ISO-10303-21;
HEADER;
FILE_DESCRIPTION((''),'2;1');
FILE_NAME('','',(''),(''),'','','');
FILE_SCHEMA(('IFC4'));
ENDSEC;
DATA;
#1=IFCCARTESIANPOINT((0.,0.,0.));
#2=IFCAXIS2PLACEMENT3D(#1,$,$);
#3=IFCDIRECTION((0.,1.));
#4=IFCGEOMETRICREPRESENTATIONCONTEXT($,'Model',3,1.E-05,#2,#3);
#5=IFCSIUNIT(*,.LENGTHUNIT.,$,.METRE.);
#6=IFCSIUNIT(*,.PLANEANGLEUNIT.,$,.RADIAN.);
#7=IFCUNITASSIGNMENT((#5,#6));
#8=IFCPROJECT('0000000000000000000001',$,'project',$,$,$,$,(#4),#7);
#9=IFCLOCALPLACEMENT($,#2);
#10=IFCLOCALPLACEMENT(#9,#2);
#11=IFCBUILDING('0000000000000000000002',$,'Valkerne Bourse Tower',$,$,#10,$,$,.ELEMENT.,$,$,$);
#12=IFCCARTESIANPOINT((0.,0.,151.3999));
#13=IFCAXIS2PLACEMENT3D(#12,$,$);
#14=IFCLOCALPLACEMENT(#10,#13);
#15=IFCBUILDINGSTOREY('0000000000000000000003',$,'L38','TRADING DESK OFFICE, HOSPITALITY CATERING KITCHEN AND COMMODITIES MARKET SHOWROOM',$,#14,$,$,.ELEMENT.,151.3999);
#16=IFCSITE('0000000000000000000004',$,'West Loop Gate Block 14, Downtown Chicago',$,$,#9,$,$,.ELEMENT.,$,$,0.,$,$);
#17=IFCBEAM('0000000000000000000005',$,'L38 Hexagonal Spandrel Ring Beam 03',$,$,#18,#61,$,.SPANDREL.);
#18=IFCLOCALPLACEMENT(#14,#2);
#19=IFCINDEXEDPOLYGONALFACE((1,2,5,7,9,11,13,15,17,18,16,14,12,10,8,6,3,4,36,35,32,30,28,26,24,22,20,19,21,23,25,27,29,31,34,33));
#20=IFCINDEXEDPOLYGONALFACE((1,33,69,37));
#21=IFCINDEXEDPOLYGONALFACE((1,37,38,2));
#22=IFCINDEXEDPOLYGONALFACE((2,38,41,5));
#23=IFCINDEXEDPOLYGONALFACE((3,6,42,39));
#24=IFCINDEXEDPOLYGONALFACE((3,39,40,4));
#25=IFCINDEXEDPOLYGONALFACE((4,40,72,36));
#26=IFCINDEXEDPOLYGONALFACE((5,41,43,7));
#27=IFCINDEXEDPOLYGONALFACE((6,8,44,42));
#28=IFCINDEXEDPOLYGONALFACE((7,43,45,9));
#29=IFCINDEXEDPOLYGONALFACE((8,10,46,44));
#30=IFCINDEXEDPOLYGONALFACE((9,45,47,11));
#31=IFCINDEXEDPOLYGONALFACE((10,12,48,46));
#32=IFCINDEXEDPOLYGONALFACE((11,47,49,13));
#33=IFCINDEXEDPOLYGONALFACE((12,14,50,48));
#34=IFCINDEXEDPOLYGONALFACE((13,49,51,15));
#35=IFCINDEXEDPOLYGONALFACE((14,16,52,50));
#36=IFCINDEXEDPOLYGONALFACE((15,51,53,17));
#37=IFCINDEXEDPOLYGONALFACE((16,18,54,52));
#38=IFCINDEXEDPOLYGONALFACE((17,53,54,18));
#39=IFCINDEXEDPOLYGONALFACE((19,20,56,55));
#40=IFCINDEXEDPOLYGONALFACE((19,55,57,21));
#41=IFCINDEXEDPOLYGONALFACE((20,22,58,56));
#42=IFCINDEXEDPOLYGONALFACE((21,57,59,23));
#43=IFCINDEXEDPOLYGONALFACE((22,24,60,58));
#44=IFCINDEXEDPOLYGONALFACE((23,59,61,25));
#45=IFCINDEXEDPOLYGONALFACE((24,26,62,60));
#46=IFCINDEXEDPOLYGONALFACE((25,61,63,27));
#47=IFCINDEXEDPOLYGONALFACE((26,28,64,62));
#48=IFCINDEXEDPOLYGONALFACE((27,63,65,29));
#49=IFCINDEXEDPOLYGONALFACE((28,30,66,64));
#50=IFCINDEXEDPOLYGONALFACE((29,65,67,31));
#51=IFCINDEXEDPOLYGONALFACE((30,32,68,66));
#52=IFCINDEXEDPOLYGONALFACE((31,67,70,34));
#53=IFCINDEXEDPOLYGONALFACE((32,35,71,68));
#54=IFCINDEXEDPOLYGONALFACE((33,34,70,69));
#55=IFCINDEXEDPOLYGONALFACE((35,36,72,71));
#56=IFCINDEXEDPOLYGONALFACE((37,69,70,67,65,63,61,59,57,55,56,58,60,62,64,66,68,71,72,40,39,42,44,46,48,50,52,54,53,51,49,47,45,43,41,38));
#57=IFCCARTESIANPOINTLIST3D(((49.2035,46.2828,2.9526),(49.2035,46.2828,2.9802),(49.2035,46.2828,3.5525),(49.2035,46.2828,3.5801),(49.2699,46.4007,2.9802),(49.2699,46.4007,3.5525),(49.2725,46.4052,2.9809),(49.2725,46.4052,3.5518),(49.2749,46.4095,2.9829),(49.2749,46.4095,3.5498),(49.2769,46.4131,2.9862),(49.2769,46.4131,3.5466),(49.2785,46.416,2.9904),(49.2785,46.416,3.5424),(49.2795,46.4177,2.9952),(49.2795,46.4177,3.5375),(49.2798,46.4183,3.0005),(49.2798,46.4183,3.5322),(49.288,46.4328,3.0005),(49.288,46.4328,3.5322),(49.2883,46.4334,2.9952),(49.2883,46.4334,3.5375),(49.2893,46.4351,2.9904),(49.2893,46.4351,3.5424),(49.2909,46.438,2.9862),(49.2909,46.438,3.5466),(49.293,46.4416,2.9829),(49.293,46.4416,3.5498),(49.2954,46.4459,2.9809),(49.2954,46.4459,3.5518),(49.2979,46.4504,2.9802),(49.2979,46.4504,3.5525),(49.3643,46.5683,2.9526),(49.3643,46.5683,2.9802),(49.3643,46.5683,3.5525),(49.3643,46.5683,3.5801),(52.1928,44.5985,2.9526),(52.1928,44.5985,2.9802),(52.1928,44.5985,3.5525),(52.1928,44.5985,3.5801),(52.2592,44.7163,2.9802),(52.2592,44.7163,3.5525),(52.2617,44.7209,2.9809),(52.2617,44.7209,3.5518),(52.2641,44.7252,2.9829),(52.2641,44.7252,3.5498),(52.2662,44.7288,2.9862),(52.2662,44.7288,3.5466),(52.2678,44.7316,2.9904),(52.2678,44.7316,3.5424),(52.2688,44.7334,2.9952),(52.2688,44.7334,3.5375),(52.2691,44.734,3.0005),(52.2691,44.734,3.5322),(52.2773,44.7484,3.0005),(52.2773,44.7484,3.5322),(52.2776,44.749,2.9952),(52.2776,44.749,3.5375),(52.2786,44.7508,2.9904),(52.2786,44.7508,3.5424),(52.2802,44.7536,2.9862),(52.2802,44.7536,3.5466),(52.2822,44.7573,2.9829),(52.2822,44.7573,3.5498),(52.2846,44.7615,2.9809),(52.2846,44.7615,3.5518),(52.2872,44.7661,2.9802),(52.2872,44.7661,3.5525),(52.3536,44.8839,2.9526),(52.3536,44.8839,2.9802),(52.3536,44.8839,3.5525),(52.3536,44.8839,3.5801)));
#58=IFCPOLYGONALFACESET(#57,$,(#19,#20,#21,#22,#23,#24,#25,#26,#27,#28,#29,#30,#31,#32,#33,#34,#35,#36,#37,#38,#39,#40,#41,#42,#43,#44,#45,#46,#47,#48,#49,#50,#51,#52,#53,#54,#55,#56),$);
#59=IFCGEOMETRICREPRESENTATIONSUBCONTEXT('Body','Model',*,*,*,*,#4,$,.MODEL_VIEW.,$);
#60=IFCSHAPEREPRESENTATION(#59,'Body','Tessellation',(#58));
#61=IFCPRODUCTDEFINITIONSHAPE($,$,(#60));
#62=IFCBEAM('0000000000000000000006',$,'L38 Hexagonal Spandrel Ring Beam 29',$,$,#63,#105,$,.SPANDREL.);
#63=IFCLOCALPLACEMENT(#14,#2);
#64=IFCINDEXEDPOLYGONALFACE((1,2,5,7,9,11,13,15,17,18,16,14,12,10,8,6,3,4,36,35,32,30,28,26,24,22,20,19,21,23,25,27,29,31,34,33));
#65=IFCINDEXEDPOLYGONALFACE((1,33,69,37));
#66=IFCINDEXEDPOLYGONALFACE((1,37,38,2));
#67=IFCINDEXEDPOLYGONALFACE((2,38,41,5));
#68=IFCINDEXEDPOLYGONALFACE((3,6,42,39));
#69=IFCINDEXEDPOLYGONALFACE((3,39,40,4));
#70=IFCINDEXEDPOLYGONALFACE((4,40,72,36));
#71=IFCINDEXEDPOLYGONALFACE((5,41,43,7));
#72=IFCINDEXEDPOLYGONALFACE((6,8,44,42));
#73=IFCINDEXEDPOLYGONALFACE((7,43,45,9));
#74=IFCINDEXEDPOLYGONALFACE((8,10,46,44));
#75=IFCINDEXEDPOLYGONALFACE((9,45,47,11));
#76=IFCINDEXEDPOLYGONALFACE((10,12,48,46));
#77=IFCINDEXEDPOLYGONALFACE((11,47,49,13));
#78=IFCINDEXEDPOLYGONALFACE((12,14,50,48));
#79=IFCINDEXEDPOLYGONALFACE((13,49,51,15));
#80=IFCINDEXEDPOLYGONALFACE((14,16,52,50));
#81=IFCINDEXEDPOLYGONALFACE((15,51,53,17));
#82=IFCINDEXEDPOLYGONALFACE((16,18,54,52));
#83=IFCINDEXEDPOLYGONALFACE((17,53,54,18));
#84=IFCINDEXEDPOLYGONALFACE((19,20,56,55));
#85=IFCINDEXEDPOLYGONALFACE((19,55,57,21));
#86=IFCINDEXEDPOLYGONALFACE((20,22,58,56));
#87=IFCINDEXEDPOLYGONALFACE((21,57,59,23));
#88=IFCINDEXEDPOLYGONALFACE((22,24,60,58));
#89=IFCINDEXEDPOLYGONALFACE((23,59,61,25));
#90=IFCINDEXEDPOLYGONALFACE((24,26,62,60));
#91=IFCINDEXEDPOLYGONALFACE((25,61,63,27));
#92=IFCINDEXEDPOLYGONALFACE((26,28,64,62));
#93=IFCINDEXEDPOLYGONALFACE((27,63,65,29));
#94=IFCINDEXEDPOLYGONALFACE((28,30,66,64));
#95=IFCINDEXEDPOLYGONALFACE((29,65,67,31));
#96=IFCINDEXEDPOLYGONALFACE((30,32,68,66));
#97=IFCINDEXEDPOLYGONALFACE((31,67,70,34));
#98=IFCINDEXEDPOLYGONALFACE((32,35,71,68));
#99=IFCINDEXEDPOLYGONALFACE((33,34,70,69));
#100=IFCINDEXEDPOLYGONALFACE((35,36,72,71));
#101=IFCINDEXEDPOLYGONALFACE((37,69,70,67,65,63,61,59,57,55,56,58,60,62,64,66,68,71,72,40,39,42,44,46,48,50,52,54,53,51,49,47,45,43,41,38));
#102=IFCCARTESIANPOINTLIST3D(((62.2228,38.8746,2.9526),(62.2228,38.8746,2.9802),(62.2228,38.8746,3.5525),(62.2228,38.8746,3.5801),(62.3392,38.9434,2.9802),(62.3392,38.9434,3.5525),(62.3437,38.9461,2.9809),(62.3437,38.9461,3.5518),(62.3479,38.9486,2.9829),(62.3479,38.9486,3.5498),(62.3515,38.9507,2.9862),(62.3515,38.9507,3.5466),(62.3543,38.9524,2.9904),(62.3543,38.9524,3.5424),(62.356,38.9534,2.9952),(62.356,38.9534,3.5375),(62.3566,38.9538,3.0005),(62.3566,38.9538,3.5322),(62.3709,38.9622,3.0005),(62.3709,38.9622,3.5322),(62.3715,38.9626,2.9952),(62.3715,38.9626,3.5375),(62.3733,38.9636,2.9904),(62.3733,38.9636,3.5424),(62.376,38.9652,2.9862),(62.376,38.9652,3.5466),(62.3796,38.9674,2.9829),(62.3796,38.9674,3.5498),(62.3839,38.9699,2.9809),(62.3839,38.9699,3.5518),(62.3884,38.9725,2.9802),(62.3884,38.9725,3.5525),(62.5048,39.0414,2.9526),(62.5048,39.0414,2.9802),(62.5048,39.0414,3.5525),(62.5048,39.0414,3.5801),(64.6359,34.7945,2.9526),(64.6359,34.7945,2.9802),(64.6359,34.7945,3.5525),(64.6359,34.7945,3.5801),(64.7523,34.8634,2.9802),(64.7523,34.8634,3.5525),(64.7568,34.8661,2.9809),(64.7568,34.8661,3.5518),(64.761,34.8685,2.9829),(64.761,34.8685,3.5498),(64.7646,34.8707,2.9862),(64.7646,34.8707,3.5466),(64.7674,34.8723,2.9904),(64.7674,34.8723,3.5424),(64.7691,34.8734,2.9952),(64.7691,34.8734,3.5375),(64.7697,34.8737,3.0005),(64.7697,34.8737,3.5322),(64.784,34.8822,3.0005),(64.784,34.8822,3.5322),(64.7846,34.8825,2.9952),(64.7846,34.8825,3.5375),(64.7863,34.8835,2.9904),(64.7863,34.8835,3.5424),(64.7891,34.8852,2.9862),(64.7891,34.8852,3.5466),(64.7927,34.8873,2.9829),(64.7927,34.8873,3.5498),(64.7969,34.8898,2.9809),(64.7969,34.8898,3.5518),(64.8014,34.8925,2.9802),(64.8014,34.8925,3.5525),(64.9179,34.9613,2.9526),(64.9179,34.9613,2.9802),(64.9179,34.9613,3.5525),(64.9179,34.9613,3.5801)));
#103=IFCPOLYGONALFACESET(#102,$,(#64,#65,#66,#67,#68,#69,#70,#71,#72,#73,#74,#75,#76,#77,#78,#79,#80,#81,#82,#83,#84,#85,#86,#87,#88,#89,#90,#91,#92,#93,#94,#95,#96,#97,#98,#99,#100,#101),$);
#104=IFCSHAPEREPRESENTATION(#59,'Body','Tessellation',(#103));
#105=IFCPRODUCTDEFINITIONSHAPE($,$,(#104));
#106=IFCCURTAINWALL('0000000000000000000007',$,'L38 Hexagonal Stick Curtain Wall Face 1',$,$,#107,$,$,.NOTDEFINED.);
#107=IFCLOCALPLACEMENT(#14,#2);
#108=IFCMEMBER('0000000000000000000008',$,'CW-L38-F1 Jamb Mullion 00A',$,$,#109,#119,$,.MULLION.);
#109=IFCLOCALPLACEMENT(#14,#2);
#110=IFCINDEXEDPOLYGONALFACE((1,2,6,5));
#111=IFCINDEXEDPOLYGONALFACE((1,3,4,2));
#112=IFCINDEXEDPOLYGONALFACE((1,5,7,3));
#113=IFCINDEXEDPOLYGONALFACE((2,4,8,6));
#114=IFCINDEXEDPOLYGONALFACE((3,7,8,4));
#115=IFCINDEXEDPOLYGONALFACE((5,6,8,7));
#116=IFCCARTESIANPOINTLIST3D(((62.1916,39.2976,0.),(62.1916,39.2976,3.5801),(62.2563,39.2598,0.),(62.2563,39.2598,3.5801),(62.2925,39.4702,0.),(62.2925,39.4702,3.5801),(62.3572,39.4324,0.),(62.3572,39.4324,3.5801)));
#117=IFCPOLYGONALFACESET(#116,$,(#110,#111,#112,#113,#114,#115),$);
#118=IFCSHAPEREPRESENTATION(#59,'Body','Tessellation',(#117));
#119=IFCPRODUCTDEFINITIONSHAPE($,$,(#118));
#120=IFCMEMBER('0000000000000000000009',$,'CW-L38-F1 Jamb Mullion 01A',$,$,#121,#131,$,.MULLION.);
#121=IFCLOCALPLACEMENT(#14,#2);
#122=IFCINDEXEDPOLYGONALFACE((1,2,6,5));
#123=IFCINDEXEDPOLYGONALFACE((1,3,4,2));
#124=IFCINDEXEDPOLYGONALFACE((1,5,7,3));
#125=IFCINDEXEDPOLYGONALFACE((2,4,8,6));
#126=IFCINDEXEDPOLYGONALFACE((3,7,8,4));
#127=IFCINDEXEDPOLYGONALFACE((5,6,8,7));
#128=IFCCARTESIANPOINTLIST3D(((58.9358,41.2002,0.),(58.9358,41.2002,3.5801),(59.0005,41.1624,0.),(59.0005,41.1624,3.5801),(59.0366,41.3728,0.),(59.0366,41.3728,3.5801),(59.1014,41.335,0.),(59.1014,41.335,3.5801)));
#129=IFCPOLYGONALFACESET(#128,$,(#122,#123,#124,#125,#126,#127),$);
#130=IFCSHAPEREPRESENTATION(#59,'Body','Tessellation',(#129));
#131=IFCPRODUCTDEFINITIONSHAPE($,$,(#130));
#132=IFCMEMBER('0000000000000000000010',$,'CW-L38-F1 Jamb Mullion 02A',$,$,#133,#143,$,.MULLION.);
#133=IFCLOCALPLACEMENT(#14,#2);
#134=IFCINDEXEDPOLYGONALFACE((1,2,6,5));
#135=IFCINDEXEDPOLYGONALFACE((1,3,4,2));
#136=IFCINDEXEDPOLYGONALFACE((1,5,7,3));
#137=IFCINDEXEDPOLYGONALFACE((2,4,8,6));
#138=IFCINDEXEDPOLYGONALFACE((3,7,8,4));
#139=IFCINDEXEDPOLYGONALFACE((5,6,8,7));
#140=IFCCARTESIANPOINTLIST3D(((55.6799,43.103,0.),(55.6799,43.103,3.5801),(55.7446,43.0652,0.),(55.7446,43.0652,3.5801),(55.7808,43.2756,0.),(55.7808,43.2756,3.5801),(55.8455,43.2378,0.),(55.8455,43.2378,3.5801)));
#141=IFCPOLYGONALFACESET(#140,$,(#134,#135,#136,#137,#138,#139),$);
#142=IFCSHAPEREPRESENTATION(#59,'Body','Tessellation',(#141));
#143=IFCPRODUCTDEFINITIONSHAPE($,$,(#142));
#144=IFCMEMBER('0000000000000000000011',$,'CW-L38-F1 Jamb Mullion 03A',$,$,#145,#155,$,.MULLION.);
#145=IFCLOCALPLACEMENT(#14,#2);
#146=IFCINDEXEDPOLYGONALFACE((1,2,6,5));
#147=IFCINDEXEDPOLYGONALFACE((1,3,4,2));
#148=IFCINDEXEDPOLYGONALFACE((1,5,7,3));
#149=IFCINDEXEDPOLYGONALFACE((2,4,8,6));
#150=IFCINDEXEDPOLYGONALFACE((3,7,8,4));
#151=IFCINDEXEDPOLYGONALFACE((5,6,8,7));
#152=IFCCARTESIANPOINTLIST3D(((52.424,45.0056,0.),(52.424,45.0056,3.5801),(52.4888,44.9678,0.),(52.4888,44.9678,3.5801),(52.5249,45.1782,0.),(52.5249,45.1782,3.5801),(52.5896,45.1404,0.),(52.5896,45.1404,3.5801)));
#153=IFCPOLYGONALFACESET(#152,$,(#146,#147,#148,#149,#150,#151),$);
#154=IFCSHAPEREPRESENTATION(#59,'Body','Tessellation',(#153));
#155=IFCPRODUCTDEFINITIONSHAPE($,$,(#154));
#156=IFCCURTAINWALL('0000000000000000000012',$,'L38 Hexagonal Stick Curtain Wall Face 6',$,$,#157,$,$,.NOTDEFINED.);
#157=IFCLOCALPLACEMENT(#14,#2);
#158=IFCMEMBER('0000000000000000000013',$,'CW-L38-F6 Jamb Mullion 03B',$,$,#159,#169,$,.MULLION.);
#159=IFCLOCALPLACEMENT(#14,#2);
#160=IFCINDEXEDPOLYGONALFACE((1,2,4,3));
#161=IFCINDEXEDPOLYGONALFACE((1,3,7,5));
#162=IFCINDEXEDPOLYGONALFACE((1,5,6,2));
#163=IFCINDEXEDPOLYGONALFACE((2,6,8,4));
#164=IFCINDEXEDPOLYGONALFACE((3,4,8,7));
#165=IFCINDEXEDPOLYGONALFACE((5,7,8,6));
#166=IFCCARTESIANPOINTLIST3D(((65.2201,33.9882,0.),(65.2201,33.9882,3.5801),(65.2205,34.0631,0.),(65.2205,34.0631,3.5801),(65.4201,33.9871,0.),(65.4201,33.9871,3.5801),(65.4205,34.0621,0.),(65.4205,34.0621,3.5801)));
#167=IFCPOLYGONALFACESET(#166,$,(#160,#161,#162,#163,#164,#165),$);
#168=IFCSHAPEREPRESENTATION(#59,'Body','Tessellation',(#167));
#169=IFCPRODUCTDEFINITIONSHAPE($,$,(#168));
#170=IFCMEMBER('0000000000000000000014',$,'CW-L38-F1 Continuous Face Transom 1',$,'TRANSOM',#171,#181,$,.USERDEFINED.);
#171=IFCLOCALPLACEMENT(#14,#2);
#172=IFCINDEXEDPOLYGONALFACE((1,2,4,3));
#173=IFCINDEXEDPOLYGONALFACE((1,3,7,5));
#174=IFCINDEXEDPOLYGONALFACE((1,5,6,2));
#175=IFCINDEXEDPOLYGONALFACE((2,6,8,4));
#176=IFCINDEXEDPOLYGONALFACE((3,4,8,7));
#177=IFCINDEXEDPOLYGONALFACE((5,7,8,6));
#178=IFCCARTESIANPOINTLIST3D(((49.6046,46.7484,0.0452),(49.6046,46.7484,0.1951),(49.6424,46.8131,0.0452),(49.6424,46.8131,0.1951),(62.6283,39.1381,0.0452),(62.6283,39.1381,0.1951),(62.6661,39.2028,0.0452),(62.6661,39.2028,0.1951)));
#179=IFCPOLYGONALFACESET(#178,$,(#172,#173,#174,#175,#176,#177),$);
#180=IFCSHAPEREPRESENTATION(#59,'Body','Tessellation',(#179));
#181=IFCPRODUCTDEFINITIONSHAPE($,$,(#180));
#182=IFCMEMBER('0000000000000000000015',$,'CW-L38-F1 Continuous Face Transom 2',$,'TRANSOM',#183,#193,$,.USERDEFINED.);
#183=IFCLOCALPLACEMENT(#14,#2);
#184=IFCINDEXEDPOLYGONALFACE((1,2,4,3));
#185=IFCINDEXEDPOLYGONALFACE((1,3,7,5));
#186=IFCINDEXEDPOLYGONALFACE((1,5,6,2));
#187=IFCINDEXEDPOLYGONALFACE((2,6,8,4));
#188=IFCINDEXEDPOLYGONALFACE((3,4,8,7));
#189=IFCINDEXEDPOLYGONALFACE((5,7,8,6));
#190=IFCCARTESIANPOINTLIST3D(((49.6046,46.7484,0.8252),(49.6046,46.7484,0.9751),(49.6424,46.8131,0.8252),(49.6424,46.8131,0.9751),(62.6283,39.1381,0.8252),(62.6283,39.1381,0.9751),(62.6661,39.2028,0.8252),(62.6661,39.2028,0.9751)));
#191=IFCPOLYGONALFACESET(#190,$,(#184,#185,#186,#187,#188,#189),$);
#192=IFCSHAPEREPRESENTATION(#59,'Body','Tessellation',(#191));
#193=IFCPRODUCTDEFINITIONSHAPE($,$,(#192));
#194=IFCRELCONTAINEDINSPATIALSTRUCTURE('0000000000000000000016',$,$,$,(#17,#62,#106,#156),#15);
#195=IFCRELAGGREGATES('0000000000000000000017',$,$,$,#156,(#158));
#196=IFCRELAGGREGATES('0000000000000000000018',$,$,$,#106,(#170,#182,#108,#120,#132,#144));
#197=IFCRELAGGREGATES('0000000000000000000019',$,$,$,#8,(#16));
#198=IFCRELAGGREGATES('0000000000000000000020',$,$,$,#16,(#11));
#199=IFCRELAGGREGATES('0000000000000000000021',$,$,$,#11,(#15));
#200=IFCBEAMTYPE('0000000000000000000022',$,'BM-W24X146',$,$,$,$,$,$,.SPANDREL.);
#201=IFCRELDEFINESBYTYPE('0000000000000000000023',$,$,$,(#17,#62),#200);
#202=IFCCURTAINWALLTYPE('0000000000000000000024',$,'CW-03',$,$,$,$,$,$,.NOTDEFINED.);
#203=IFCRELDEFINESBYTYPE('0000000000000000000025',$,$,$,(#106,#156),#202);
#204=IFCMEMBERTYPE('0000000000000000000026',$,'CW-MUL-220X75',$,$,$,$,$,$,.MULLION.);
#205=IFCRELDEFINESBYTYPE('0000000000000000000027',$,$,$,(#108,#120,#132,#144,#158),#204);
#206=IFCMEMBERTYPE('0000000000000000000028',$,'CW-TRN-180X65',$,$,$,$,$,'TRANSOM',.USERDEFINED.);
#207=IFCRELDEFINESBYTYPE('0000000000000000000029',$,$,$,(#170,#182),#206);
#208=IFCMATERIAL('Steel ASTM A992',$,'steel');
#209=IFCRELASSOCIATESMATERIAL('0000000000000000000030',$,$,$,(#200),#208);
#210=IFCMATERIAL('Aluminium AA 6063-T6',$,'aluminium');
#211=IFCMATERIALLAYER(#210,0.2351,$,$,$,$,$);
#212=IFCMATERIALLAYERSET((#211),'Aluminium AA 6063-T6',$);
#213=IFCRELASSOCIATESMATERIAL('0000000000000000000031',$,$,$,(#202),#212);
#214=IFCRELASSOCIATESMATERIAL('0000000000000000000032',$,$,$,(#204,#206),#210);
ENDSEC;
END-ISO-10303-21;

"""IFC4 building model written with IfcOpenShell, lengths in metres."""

from ifc_helpers import new_model, si_unit, direction, frame, origin, origin_2d, place, context, subcontext, project, spatial, rectangle, i_section, extrude, material, layer, layer_set, material_profile, profile_set, type_object, element, aggregate, save


model = new_model("IFC4")

# Units and contexts
model_context = context("Model", 3, precision=1e-05, world=origin(), true_north=direction((0.0, 1.0)))
body_context = subcontext(model_context, "Body", "Model", "MODEL_VIEW")
ifc_project = project(units=[si_unit("LENGTHUNIT", "METRE"), si_unit("PLANEANGLEUNIT", "RADIAN")], contexts=[model_context])

# Site, building, storey
site_placement = place(None, origin())
site = spatial("IfcSite", under=ifc_project, at=site_placement, Name="West Loop Gate Block 14, Downtown Chicago", CompositionType="ELEMENT", RefElevation=0.0)
building_placement = place(site_placement, origin())
building = spatial("IfcBuilding", under=site, at=building_placement, Name="Valkerne Bourse Tower", CompositionType="ELEMENT")
storey_placement = place(building_placement, frame((0.0, 0.0, 151.3999)))
storey = spatial("IfcBuildingStorey", under=building, at=storey_placement, Name="L38", Description="TRADING DESK OFFICE, HOSPITALITY CATERING KITCHEN AND COMMODITIES MARKET SHOWROOM", CompositionType="ELEMENT", Elevation=151.3999)

# Beams
ifc_material_1 = material(Name="Steel ASTM A992", Category="steel")
ifc_material_profile_1 = material_profile(ifc_material_1, i_section(OverallWidth=0.3276, OverallDepth=0.6274, WebThickness=0.0166, FlangeThickness=0.0276, FilletRadius=0.0203, at=origin_2d()), Name="W24X146")
ifc_profile_set_1 = profile_set([ifc_material_profile_1], Name="Steel ASTM A992")
beam_type = type_object("IfcBeamType", Name="BM-W24X146", PredefinedType="SPANDREL", material=ifc_profile_set_1)
beam_1_placement = place(storey_placement, frame((52.2732, 44.7412, 3.2664), z_axis=(-0.871218, 0.490896, 0.0), x_axis=(-0.490896, -0.871218, 0.0)))
element("IfcBeam", 1, at=beam_1_placement, inside=storey, type_object=beam_type, Name="L38 Hexagonal Spandrel Ring Beam 03", PredefinedType="SPANDREL", context=body_context, shape_type="SweptSolid", body=[
    extrude(i_section(OverallWidth=0.3276, OverallDepth=0.6274, WebThickness=0.0166, FlangeThickness=0.0276, FilletRadius=0.0203, at=origin_2d()), origin(), (0.0, 0.0, 1.0), 3.4312),
])
beam_2_placement = place(storey_placement, frame((64.7769, 34.8779, 3.2664), z_axis=(-0.509062, 0.86073, 0.0), x_axis=(-0.86073, -0.509062, 0.0)))
element("IfcBeam", 2, at=beam_2_placement, inside=storey, type_object=beam_type, Name="L38 Hexagonal Spandrel Ring Beam 29", PredefinedType="SPANDREL", context=body_context, shape_type="SweptSolid", body=[
    extrude(i_section(OverallWidth=0.3276, OverallDepth=0.6274, WebThickness=0.0166, FlangeThickness=0.0276, FilletRadius=0.0203, at=origin_2d()), origin(), (0.0, 0.0, 1.0), 4.7402),
])

# Curtain wall, members
ifc_material_2 = material(Name="Aluminium AA 6063-T6", Category="aluminium")
ifc_layer_1 = layer(ifc_material_2, 0.2351)
ifc_layer_set_1 = layer_set([ifc_layer_1], Name="Aluminium AA 6063-T6")
curtain_wall_type = type_object("IfcCurtainWallType", Name="CW-03", PredefinedType="NOTDEFINED", material=ifc_layer_set_1)
curtain_wall_1_placement = place(storey_placement, origin())
curtain_wall_1 = element("IfcCurtainWall", 3, at=curtain_wall_1_placement, inside=storey, type_object=curtain_wall_type, Name="L38 Hexagonal Stick Curtain Wall Face 1", PredefinedType="NOTDEFINED")
ifc_material_profile_2 = material_profile(ifc_material_2, rectangle(XDim=0.075, YDim=0.2, at=origin_2d()), Name="CWM-75X200")
ifc_profile_set_2 = profile_set([ifc_material_profile_2], Name="Aluminium AA 6063-T6")
member_type_1 = type_object("IfcMemberType", Name="CW-MUL-220X75", PredefinedType="MULLION", material=ifc_profile_set_2)
member_1_placement = place(storey_placement, frame((62.2744, 39.365, 0.0), z_axis=(0.0, 0.0, 1.0), x_axis=(-0.863395, 0.504529, 0.0)))
member_1 = element("IfcMember", 4, at=member_1_placement, type_object=member_type_1, Name="CW-L38-F1 Jamb Mullion 00A", PredefinedType="MULLION", context=body_context, shape_type="SweptSolid", body=[
    extrude(rectangle(XDim=0.075, YDim=0.2, at=origin_2d()), origin(), (0.0, 0.0, 1.0), 3.5801),
])
member_2_placement = place(storey_placement, frame((59.0186, 41.2676, 0.0), z_axis=(0.0, 0.0, 1.0), x_axis=(-0.863388, 0.50454, 0.0)))
member_2 = element("IfcMember", 5, at=member_2_placement, type_object=member_type_1, Name="CW-L38-F1 Jamb Mullion 01A", PredefinedType="MULLION", context=body_context, shape_type="SweptSolid", body=[
    extrude(rectangle(XDim=0.075, YDim=0.2, at=origin_2d()), origin(), (0.0, 0.0, 1.0), 3.5801),
])
member_3_placement = place(storey_placement, frame((55.7627, 43.1704, 0.0), z_axis=(0.0, 0.0, 1.0), x_axis=(-0.863395, 0.504529, 0.0)))
member_3 = element("IfcMember", 6, at=member_3_placement, type_object=member_type_1, Name="CW-L38-F1 Jamb Mullion 02A", PredefinedType="MULLION", context=body_context, shape_type="SweptSolid", body=[
    extrude(rectangle(XDim=0.075, YDim=0.2, at=origin_2d()), origin(), (0.0, 0.0, 1.0), 3.5801),
])
member_4_placement = place(storey_placement, frame((52.5068, 45.073, 0.0), z_axis=(0.0, 0.0, 1.0), x_axis=(-0.863406, 0.504509, 0.0)))
member_4 = element("IfcMember", 7, at=member_4_placement, type_object=member_type_1, Name="CW-L38-F1 Jamb Mullion 03A", PredefinedType="MULLION", context=body_context, shape_type="SweptSolid", body=[
    extrude(rectangle(XDim=0.075, YDim=0.2, at=origin_2d()), origin(), (0.0, 0.0, 1.0), 3.5801),
])

# Curtain wall, member
curtain_wall_2_placement = place(storey_placement, origin())
curtain_wall_2 = element("IfcCurtainWall", 8, at=curtain_wall_2_placement, inside=storey, type_object=curtain_wall_type, Name="L38 Hexagonal Stick Curtain Wall Face 6", PredefinedType="NOTDEFINED")
member_5_placement = place(storey_placement, frame((65.3203, 34.0251, 0.0), z_axis=(0.0, 0.0, 1.0), x_axis=(0.005251, 0.999986, 0.0)))
member_5 = element("IfcMember", 9, at=member_5_placement, type_object=member_type_1, Name="CW-L38-F6 Jamb Mullion 03B", PredefinedType="MULLION", context=body_context, shape_type="SweptSolid", body=[
    extrude(rectangle(XDim=0.075, YDim=0.2, at=origin_2d()), origin(), (0.0, 0.0, 1.0), 3.5801),
])
aggregate(curtain_wall_2, [member_5])

# Members
ifc_material_profile_3 = material_profile(ifc_material_2, rectangle(XDim=0.075, YDim=0.1499, at=origin_2d()), Name="CWT-75X150")
ifc_profile_set_3 = profile_set([ifc_material_profile_3], Name="Aluminium AA 6063-T6")
member_type_2 = type_object("IfcMemberType", Name="CW-TRN-180X65", ElementType="TRANSOM", PredefinedType="USERDEFINED", material=ifc_profile_set_3)
member_6_placement = place(storey_placement, frame((62.6472, 39.1704, 0.1201), z_axis=(-0.863398, 0.504524, 0.0), x_axis=(-0.504524, -0.863398, 0.0)))
member_6 = element("IfcMember", 10, at=member_6_placement, type_object=member_type_2, Name="CW-L38-F1 Continuous Face Transom 1", ObjectType="TRANSOM", PredefinedType="USERDEFINED", context=body_context, shape_type="SweptSolid", body=[
    extrude(rectangle(XDim=0.075, YDim=0.1499, at=origin_2d()), origin(), (0.0, 0.0, 1.0), 15.0842),
])
member_7_placement = place(storey_placement, frame((62.6472, 39.1704, 0.9001), z_axis=(-0.863398, 0.504524, 0.0), x_axis=(-0.504524, -0.863398, 0.0)))
member_7 = element("IfcMember", 11, at=member_7_placement, type_object=member_type_2, Name="CW-L38-F1 Continuous Face Transom 2", ObjectType="TRANSOM", PredefinedType="USERDEFINED", context=body_context, shape_type="SweptSolid", body=[
    extrude(rectangle(XDim=0.075, YDim=0.1499, at=origin_2d()), origin(), (0.0, 0.0, 1.0), 15.0842),
])

aggregate(curtain_wall_1, [member_6, member_7, member_1, member_2, member_3, member_4])

save(model, "model.ifc")
